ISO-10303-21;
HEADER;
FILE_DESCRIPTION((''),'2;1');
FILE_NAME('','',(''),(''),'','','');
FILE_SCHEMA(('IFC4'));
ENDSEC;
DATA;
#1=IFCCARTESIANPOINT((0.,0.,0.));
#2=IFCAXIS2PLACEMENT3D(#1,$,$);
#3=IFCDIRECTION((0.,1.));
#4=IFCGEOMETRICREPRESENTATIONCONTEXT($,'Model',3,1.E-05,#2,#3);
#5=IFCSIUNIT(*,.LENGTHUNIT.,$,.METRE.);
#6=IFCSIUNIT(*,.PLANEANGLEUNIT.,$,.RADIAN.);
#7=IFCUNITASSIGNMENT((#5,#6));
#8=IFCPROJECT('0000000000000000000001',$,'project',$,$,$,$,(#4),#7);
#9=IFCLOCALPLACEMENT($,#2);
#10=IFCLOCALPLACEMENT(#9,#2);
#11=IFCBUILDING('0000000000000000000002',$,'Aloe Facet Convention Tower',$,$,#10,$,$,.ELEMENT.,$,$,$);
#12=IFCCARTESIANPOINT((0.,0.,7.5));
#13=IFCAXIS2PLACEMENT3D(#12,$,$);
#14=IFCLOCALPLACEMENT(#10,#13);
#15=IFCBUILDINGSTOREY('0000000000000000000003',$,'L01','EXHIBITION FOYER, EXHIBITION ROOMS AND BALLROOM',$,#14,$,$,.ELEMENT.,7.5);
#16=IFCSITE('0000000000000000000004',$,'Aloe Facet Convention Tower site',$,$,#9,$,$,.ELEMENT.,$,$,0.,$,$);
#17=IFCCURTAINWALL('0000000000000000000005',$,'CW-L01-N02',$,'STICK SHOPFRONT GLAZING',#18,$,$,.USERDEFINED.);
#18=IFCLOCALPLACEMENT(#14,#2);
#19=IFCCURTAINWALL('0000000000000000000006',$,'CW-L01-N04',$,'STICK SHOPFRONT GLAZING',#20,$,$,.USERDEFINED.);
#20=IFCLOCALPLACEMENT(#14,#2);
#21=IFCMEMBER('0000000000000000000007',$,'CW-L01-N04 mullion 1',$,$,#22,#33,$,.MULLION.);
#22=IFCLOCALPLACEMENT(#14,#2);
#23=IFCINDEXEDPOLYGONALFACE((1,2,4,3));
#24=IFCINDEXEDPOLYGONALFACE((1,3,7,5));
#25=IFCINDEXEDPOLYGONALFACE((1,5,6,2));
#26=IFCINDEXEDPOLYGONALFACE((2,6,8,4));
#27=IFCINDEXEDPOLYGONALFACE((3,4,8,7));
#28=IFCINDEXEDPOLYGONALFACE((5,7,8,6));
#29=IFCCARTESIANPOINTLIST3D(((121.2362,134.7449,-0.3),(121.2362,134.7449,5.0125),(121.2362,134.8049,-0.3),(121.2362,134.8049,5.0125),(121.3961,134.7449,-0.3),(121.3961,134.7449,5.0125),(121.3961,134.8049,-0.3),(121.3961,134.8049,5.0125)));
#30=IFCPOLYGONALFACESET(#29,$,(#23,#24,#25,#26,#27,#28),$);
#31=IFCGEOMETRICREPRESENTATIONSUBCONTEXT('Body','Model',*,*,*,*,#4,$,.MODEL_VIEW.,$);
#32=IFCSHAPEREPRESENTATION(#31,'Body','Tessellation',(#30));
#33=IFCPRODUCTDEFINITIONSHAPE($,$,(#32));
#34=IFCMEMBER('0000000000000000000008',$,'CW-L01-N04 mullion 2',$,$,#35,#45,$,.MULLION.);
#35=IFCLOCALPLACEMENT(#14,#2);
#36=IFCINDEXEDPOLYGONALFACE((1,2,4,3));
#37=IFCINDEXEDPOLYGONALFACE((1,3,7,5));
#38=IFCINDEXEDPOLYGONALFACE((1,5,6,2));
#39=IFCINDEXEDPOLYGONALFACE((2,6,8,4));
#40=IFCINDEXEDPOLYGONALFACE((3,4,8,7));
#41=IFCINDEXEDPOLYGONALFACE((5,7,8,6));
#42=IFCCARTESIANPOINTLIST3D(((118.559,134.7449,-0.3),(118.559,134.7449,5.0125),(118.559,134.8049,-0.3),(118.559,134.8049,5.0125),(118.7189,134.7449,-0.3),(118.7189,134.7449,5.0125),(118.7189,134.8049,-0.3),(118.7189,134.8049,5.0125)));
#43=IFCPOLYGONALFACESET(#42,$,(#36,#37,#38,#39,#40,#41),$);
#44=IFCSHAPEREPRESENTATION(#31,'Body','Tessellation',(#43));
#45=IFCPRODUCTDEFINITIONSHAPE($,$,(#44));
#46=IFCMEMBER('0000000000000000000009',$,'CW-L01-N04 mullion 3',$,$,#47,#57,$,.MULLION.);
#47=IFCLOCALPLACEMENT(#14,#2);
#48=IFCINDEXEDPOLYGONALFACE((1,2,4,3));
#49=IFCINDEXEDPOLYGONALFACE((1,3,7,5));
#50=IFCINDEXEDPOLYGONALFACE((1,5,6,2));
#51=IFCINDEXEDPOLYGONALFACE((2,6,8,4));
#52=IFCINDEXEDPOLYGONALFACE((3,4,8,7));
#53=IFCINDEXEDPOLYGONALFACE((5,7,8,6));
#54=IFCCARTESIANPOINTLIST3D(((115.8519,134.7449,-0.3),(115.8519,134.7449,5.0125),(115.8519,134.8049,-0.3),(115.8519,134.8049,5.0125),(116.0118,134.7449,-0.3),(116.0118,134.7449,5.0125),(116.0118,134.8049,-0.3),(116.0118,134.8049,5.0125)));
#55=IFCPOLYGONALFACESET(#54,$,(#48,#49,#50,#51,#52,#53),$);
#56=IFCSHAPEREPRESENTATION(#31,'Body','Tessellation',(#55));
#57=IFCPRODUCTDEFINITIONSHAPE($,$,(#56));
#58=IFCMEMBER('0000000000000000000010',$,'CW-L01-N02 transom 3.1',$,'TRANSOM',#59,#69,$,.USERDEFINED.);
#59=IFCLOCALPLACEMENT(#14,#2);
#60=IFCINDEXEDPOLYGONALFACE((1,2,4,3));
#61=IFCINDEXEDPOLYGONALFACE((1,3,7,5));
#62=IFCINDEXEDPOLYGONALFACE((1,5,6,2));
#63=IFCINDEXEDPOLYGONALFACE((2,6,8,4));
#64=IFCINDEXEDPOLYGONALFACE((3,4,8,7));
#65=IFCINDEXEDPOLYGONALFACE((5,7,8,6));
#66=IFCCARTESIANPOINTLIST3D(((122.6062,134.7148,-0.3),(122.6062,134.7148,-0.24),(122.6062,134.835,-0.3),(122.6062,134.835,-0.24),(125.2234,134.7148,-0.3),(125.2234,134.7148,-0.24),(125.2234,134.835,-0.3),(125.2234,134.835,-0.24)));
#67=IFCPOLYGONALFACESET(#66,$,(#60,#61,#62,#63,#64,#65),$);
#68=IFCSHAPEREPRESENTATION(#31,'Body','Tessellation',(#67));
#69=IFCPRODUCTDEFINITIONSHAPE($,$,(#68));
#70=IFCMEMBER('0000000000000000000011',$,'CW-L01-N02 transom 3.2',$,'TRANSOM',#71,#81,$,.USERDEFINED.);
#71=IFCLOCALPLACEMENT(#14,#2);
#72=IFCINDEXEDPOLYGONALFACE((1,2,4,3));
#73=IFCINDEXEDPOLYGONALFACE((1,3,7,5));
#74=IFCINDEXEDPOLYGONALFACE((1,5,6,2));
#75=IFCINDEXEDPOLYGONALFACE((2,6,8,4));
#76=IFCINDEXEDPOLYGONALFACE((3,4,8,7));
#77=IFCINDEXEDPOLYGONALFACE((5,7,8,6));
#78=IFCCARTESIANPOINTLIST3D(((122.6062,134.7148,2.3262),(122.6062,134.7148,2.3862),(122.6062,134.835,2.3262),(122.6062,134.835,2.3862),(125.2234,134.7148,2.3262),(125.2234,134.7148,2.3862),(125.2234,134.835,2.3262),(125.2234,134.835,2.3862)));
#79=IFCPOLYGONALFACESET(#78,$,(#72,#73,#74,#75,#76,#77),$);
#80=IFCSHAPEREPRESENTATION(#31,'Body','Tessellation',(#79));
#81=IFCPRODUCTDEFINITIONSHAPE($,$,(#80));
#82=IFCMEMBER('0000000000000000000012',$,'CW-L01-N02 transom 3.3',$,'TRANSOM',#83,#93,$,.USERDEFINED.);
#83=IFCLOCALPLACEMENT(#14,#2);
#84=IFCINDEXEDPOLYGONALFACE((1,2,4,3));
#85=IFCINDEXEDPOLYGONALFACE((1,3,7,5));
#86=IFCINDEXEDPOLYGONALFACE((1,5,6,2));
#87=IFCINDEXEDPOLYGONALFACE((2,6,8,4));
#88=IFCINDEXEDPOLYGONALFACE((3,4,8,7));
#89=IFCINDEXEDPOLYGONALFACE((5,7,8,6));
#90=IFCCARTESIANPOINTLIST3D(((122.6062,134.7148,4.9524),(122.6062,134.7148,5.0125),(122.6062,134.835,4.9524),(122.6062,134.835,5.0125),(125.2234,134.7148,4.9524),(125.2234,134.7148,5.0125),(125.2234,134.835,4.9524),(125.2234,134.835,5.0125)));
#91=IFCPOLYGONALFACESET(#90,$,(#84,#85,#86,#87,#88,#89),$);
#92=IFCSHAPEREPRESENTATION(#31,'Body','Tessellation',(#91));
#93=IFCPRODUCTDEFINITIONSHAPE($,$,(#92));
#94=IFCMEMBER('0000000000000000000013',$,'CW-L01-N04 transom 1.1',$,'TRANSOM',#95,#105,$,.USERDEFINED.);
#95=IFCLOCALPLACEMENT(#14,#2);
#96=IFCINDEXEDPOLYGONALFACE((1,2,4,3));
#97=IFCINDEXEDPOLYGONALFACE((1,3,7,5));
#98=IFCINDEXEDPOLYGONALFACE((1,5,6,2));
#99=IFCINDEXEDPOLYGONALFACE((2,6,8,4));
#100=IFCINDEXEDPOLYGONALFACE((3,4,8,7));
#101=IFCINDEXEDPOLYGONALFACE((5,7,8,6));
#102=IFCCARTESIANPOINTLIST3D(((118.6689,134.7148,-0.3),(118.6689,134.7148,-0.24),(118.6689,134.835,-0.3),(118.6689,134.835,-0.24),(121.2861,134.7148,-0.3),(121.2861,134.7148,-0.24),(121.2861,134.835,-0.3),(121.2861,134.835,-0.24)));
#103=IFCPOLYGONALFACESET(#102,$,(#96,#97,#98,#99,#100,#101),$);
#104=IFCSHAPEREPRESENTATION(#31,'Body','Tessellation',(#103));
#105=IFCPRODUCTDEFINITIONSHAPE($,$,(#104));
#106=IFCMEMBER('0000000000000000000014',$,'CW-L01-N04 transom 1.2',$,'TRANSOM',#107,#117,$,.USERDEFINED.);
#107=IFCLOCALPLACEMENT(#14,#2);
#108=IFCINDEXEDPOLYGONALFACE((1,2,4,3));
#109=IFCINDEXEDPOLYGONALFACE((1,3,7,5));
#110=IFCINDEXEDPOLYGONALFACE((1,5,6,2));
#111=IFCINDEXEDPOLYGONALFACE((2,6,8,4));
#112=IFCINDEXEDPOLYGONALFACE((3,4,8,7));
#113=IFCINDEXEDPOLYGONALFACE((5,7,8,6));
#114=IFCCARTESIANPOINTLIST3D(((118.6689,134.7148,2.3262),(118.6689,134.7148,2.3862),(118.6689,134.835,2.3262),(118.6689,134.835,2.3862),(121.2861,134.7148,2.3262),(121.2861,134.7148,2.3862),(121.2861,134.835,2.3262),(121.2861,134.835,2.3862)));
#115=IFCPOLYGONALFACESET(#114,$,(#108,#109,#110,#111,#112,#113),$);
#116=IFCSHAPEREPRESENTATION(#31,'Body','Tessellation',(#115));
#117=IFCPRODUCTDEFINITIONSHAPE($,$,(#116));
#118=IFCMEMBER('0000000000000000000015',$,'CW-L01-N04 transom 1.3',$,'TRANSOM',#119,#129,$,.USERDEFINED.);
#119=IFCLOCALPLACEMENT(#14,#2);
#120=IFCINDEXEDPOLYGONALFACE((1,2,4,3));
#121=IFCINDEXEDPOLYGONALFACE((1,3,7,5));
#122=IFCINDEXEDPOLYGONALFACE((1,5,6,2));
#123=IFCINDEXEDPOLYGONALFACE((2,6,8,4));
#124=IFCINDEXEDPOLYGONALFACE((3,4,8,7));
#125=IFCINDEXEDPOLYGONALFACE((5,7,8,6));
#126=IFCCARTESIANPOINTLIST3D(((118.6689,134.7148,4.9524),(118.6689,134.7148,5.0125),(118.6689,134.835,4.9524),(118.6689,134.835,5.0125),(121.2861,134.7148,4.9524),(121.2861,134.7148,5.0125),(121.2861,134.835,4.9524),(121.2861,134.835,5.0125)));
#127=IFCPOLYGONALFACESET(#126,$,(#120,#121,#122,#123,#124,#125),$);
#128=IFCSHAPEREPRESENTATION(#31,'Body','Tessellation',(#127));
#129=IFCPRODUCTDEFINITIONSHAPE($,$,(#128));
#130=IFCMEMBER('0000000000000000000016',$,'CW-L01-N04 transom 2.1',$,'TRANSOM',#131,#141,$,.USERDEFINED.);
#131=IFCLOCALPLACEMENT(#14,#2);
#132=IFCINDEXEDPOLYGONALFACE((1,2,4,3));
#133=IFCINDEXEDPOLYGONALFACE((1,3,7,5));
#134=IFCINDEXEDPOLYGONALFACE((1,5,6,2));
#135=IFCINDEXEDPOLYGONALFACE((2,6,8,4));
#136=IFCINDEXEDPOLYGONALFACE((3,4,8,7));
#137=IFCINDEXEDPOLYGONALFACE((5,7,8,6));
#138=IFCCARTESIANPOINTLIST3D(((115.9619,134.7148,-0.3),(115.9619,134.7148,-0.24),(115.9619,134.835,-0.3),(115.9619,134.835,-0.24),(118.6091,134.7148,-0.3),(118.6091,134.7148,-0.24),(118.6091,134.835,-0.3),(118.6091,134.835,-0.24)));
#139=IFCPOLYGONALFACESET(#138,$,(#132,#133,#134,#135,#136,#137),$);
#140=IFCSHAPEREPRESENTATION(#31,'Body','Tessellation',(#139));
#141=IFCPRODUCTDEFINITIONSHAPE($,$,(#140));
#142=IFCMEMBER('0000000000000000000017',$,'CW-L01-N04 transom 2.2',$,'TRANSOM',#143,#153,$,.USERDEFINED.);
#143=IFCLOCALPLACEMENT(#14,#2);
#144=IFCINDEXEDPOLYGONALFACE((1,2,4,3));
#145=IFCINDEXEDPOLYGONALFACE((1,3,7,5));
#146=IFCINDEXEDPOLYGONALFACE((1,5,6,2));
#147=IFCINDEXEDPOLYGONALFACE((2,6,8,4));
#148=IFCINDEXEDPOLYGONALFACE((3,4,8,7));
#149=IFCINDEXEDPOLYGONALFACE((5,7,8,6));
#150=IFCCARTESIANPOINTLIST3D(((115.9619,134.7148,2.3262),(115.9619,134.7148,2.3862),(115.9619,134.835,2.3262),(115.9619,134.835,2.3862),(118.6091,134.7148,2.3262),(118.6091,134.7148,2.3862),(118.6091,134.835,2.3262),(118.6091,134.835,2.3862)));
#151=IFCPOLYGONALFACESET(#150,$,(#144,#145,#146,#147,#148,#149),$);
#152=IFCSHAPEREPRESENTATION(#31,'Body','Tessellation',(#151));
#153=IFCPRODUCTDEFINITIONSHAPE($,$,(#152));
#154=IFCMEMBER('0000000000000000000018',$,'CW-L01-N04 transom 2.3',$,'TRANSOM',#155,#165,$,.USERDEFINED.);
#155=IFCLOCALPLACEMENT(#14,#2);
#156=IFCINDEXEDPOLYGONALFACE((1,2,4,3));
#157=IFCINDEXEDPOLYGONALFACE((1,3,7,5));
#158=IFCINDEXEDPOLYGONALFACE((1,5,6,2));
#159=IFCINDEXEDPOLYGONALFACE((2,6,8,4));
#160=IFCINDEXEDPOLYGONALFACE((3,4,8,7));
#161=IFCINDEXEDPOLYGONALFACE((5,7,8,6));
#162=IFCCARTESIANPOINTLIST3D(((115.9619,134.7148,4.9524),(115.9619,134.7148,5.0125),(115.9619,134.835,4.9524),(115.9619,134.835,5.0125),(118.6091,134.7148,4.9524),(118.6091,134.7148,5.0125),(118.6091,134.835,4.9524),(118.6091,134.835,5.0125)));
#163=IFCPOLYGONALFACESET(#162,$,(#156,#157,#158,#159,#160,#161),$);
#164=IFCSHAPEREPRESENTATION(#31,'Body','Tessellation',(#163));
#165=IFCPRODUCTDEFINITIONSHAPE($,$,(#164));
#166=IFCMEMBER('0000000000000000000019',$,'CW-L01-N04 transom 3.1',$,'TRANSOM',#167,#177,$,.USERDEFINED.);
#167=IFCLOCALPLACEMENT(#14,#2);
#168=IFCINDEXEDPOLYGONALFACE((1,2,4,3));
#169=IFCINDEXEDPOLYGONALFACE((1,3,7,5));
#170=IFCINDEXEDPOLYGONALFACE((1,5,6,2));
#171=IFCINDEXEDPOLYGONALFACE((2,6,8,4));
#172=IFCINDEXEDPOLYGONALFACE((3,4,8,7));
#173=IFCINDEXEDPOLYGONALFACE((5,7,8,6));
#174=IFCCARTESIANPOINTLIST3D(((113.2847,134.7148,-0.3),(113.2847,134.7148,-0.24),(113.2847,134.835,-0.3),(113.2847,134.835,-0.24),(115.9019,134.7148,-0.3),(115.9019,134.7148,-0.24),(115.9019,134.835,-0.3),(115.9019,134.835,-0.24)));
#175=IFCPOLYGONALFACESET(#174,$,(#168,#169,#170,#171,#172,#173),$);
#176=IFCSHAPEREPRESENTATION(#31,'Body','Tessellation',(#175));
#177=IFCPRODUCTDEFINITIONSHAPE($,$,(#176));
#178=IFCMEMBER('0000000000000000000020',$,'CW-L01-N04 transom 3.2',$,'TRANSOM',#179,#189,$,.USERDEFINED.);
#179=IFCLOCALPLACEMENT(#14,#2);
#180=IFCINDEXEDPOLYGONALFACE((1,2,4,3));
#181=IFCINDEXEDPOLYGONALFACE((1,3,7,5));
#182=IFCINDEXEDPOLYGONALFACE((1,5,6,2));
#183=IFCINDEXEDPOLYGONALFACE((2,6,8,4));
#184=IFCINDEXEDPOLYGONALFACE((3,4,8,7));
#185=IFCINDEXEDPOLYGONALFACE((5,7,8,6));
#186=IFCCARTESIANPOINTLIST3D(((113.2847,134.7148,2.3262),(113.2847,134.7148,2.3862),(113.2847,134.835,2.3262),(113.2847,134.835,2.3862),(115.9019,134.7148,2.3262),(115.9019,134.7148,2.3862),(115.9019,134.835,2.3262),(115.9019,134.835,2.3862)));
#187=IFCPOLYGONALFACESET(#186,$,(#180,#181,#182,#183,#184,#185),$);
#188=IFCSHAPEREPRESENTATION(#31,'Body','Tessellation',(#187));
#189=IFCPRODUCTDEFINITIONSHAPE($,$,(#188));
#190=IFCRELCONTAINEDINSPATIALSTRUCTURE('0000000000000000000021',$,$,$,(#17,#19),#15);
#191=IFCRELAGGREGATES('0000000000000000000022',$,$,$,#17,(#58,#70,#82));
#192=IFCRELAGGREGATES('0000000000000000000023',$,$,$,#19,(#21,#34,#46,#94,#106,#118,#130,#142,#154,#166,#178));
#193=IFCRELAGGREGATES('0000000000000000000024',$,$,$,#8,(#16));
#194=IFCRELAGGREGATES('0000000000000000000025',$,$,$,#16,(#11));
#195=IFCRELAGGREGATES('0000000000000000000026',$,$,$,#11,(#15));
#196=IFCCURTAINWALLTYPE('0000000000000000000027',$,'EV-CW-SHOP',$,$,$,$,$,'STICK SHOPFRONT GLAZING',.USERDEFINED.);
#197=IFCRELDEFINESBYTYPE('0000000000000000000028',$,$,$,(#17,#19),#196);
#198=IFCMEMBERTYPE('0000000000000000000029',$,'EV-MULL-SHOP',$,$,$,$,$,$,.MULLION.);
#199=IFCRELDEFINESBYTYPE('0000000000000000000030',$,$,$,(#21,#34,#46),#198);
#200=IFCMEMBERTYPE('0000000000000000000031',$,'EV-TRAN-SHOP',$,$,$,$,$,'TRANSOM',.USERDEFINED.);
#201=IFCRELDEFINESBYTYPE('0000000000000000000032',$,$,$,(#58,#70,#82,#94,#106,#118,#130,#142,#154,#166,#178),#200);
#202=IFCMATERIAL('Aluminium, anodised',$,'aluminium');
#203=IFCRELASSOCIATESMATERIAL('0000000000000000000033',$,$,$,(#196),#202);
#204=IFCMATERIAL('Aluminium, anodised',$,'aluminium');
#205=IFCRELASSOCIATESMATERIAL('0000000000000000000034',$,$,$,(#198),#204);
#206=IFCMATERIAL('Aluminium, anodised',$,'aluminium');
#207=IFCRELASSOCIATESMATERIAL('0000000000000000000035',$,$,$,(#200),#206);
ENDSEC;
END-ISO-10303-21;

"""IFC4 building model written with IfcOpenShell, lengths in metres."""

from ifc_helpers import new_model, si_unit, direction, frame, origin, origin_2d, place, context, subcontext, project, spatial, rectangle, extrude, material, material_profile, profile_set, type_object, element, aggregate, save


model = new_model("IFC4")

# Units and contexts
model_context = context("Model", 3, precision=1e-05, world=origin(), true_north=direction((0.0, 1.0)))
body_context = subcontext(model_context, "Body", "Model", "MODEL_VIEW")
ifc_project = project(units=[si_unit("LENGTHUNIT", "METRE"), si_unit("PLANEANGLEUNIT", "RADIAN")], contexts=[model_context])

# Site, building, storey
site_placement = place(None, origin())
site = spatial("IfcSite", under=ifc_project, at=site_placement, Name="Aloe Facet Convention Tower site", CompositionType="ELEMENT", RefElevation=0.0)
building_placement = place(site_placement, origin())
building = spatial("IfcBuilding", under=site, at=building_placement, Name="Aloe Facet Convention Tower", CompositionType="ELEMENT")
storey_placement = place(building_placement, frame((0.0, 0.0, 7.5)))
storey = spatial("IfcBuildingStorey", under=building, at=storey_placement, Name="L01", Description="EXHIBITION FOYER, EXHIBITION ROOMS AND BALLROOM", CompositionType="ELEMENT", Elevation=7.5)

# Curtain wall
ifc_material_1 = material(Name="Aluminium, anodised", Category="aluminium")
curtain_wall_type = type_object("IfcCurtainWallType", Name="EV-CW-SHOP", ElementType="STICK SHOPFRONT GLAZING", PredefinedType="USERDEFINED", material=ifc_material_1)
curtain_wall_1_placement = place(storey_placement, origin())
curtain_wall_1 = element("IfcCurtainWall", 1, at=curtain_wall_1_placement, inside=storey, type_object=curtain_wall_type, Name="CW-L01-N02", ObjectType="STICK SHOPFRONT GLAZING", PredefinedType="USERDEFINED")
ifc_material_2 = material(Name="Aluminium, anodised", Category="aluminium")
ifc_material_profile_1 = material_profile(ifc_material_2, rectangle(XDim=0.0601, YDim=0.1599, at=origin_2d()), Name="AL 60x160")
ifc_profile_set_1 = profile_set([ifc_material_profile_1], Name="Aluminium, anodised")
member_type_1 = type_object("IfcMemberType", Name="EV-MULL-SHOP", PredefinedType="MULLION", material=ifc_profile_set_1)

# Curtain wall, members
curtain_wall_2_placement = place(storey_placement, origin())
curtain_wall_2 = element("IfcCurtainWall", 2, at=curtain_wall_2_placement, inside=storey, type_object=curtain_wall_type, Name="CW-L01-N04", ObjectType="STICK SHOPFRONT GLAZING", PredefinedType="USERDEFINED")
member_1_placement = place(storey_placement, frame((121.3162, 134.7749, -0.3), z_axis=(0.0, 0.0, 1.0), x_axis=(0.0, -1.0, 0.0)))
member_1 = element("IfcMember", 3, at=member_1_placement, type_object=member_type_1, Name="CW-L01-N04 mullion 1", PredefinedType="MULLION", context=body_context, shape_type="SweptSolid", body=[
    extrude(rectangle(XDim=0.0601, YDim=0.1599, at=origin_2d()), origin(), (0.0, 0.0, 1.0), 5.3125),
])
member_2_placement = place(storey_placement, frame((118.6389, 134.7749, -0.3), z_axis=(0.0, 0.0, 1.0), x_axis=(0.0, -1.0, 0.0)))
member_2 = element("IfcMember", 4, at=member_2_placement, type_object=member_type_1, Name="CW-L01-N04 mullion 2", PredefinedType="MULLION", context=body_context, shape_type="SweptSolid", body=[
    extrude(rectangle(XDim=0.0601, YDim=0.1599, at=origin_2d()), origin(), (0.0, 0.0, 1.0), 5.3125),
])
member_3_placement = place(storey_placement, frame((115.9319, 134.7749, -0.3), z_axis=(0.0, 0.0, 1.0), x_axis=(0.0, -1.0, 0.0)))
member_3 = element("IfcMember", 5, at=member_3_placement, type_object=member_type_1, Name="CW-L01-N04 mullion 3", PredefinedType="MULLION", context=body_context, shape_type="SweptSolid", body=[
    extrude(rectangle(XDim=0.0601, YDim=0.1599, at=origin_2d()), origin(), (0.0, 0.0, 1.0), 5.3125),
])

# Members
ifc_material_3 = material(Name="Aluminium, anodised", Category="aluminium")
ifc_material_profile_2 = material_profile(ifc_material_3, rectangle(XDim=0.1201, YDim=0.0601, at=origin_2d()), Name="AL 120x60")
ifc_profile_set_2 = profile_set([ifc_material_profile_2], Name="Aluminium, anodised")
member_type_2 = type_object("IfcMemberType", Name="EV-TRAN-SHOP", ElementType="TRANSOM", PredefinedType="USERDEFINED", material=ifc_profile_set_2)
member_4_placement = place(storey_placement, frame((125.2234, 134.7749, -0.27), z_axis=(-1.0, 0.0, 0.0), x_axis=(0.0, -1.0, 0.0)))
member_4 = element("IfcMember", 6, at=member_4_placement, type_object=member_type_2, Name="CW-L01-N02 transom 3.1", ObjectType="TRANSOM", PredefinedType="USERDEFINED", context=body_context, shape_type="SweptSolid", body=[
    extrude(rectangle(XDim=0.1201, YDim=0.0601, at=origin_2d()), origin(), (0.0, 0.0, 1.0), 2.6172),
])
member_5_placement = place(storey_placement, frame((125.2234, 134.7749, 2.3562), z_axis=(-1.0, 0.0, 0.0), x_axis=(0.0, -1.0, 0.0)))
member_5 = element("IfcMember", 7, at=member_5_placement, type_object=member_type_2, Name="CW-L01-N02 transom 3.2", ObjectType="TRANSOM", PredefinedType="USERDEFINED", context=body_context, shape_type="SweptSolid", body=[
    extrude(rectangle(XDim=0.1201, YDim=0.0601, at=origin_2d()), origin(), (0.0, 0.0, 1.0), 2.6172),
])
member_6_placement = place(storey_placement, frame((125.2234, 134.7749, 4.9824), z_axis=(-1.0, 0.0, 0.0), x_axis=(0.0, -1.0, 0.0)))
member_6 = element("IfcMember", 8, at=member_6_placement, type_object=member_type_2, Name="CW-L01-N02 transom 3.3", ObjectType="TRANSOM", PredefinedType="USERDEFINED", context=body_context, shape_type="SweptSolid", body=[
    extrude(rectangle(XDim=0.1201, YDim=0.0601, at=origin_2d()), origin(), (0.0, 0.0, 1.0), 2.6172),
])
member_7_placement = place(storey_placement, frame((121.2861, 134.7749, -0.27), z_axis=(-1.0, 0.0, 0.0), x_axis=(0.0, -1.0, 0.0)))
member_7 = element("IfcMember", 9, at=member_7_placement, type_object=member_type_2, Name="CW-L01-N04 transom 1.1", ObjectType="TRANSOM", PredefinedType="USERDEFINED", context=body_context, shape_type="SweptSolid", body=[
    extrude(rectangle(XDim=0.1201, YDim=0.0601, at=origin_2d()), origin(), (0.0, 0.0, 1.0), 2.6172),
])
member_8_placement = place(storey_placement, frame((121.2861, 134.7749, 2.3562), z_axis=(-1.0, 0.0, 0.0), x_axis=(0.0, -1.0, 0.0)))
member_8 = element("IfcMember", 10, at=member_8_placement, type_object=member_type_2, Name="CW-L01-N04 transom 1.2", ObjectType="TRANSOM", PredefinedType="USERDEFINED", context=body_context, shape_type="SweptSolid", body=[
    extrude(rectangle(XDim=0.1201, YDim=0.0601, at=origin_2d()), origin(), (0.0, 0.0, 1.0), 2.6172),
])
member_9_placement = place(storey_placement, frame((121.2861, 134.7749, 4.9824), z_axis=(-1.0, 0.0, 0.0), x_axis=(0.0, -1.0, 0.0)))
member_9 = element("IfcMember", 11, at=member_9_placement, type_object=member_type_2, Name="CW-L01-N04 transom 1.3", ObjectType="TRANSOM", PredefinedType="USERDEFINED", context=body_context, shape_type="SweptSolid", body=[
    extrude(rectangle(XDim=0.1201, YDim=0.0601, at=origin_2d()), origin(), (0.0, 0.0, 1.0), 2.6172),
])
member_10_placement = place(storey_placement, frame((118.6091, 134.7749, -0.27), z_axis=(-1.0, 0.0, 0.0), x_axis=(0.0, -1.0, 0.0)))
member_10 = element("IfcMember", 12, at=member_10_placement, type_object=member_type_2, Name="CW-L01-N04 transom 2.1", ObjectType="TRANSOM", PredefinedType="USERDEFINED", context=body_context, shape_type="SweptSolid", body=[
    extrude(rectangle(XDim=0.1201, YDim=0.0601, at=origin_2d()), origin(), (0.0, 0.0, 1.0), 2.6472),
])
member_11_placement = place(storey_placement, frame((118.6091, 134.7749, 2.3562), z_axis=(-1.0, 0.0, 0.0), x_axis=(0.0, -1.0, 0.0)))
member_11 = element("IfcMember", 13, at=member_11_placement, type_object=member_type_2, Name="CW-L01-N04 transom 2.2", ObjectType="TRANSOM", PredefinedType="USERDEFINED", context=body_context, shape_type="SweptSolid", body=[
    extrude(rectangle(XDim=0.1201, YDim=0.0601, at=origin_2d()), origin(), (0.0, 0.0, 1.0), 2.6472),
])
member_12_placement = place(storey_placement, frame((118.6091, 134.7749, 4.9824), z_axis=(-1.0, 0.0, 0.0), x_axis=(0.0, -1.0, 0.0)))
member_12 = element("IfcMember", 14, at=member_12_placement, type_object=member_type_2, Name="CW-L01-N04 transom 2.3", ObjectType="TRANSOM", PredefinedType="USERDEFINED", context=body_context, shape_type="SweptSolid", body=[
    extrude(rectangle(XDim=0.1201, YDim=0.0601, at=origin_2d()), origin(), (0.0, 0.0, 1.0), 2.6472),
])
member_13_placement = place(storey_placement, frame((115.9019, 134.7749, -0.27), z_axis=(-1.0, 0.0, 0.0), x_axis=(0.0, -1.0, 0.0)))
member_13 = element("IfcMember", 15, at=member_13_placement, type_object=member_type_2, Name="CW-L01-N04 transom 3.1", ObjectType="TRANSOM", PredefinedType="USERDEFINED", context=body_context, shape_type="SweptSolid", body=[
    extrude(rectangle(XDim=0.1201, YDim=0.0601, at=origin_2d()), origin(), (0.0, 0.0, 1.0), 2.6172),
])
member_14_placement = place(storey_placement, frame((115.9019, 134.7749, 2.3562), z_axis=(-1.0, 0.0, 0.0), x_axis=(0.0, -1.0, 0.0)))
member_14 = element("IfcMember", 16, at=member_14_placement, type_object=member_type_2, Name="CW-L01-N04 transom 3.2", ObjectType="TRANSOM", PredefinedType="USERDEFINED", context=body_context, shape_type="SweptSolid", body=[
    extrude(rectangle(XDim=0.1201, YDim=0.0601, at=origin_2d()), origin(), (0.0, 0.0, 1.0), 2.6172),
])

aggregate(curtain_wall_1, [member_4, member_5, member_6])
aggregate(curtain_wall_2, [member_1, member_2, member_3, member_7, member_8, member_9, member_10, member_11, member_12, member_13, member_14])

save(model, "model.ifc")
